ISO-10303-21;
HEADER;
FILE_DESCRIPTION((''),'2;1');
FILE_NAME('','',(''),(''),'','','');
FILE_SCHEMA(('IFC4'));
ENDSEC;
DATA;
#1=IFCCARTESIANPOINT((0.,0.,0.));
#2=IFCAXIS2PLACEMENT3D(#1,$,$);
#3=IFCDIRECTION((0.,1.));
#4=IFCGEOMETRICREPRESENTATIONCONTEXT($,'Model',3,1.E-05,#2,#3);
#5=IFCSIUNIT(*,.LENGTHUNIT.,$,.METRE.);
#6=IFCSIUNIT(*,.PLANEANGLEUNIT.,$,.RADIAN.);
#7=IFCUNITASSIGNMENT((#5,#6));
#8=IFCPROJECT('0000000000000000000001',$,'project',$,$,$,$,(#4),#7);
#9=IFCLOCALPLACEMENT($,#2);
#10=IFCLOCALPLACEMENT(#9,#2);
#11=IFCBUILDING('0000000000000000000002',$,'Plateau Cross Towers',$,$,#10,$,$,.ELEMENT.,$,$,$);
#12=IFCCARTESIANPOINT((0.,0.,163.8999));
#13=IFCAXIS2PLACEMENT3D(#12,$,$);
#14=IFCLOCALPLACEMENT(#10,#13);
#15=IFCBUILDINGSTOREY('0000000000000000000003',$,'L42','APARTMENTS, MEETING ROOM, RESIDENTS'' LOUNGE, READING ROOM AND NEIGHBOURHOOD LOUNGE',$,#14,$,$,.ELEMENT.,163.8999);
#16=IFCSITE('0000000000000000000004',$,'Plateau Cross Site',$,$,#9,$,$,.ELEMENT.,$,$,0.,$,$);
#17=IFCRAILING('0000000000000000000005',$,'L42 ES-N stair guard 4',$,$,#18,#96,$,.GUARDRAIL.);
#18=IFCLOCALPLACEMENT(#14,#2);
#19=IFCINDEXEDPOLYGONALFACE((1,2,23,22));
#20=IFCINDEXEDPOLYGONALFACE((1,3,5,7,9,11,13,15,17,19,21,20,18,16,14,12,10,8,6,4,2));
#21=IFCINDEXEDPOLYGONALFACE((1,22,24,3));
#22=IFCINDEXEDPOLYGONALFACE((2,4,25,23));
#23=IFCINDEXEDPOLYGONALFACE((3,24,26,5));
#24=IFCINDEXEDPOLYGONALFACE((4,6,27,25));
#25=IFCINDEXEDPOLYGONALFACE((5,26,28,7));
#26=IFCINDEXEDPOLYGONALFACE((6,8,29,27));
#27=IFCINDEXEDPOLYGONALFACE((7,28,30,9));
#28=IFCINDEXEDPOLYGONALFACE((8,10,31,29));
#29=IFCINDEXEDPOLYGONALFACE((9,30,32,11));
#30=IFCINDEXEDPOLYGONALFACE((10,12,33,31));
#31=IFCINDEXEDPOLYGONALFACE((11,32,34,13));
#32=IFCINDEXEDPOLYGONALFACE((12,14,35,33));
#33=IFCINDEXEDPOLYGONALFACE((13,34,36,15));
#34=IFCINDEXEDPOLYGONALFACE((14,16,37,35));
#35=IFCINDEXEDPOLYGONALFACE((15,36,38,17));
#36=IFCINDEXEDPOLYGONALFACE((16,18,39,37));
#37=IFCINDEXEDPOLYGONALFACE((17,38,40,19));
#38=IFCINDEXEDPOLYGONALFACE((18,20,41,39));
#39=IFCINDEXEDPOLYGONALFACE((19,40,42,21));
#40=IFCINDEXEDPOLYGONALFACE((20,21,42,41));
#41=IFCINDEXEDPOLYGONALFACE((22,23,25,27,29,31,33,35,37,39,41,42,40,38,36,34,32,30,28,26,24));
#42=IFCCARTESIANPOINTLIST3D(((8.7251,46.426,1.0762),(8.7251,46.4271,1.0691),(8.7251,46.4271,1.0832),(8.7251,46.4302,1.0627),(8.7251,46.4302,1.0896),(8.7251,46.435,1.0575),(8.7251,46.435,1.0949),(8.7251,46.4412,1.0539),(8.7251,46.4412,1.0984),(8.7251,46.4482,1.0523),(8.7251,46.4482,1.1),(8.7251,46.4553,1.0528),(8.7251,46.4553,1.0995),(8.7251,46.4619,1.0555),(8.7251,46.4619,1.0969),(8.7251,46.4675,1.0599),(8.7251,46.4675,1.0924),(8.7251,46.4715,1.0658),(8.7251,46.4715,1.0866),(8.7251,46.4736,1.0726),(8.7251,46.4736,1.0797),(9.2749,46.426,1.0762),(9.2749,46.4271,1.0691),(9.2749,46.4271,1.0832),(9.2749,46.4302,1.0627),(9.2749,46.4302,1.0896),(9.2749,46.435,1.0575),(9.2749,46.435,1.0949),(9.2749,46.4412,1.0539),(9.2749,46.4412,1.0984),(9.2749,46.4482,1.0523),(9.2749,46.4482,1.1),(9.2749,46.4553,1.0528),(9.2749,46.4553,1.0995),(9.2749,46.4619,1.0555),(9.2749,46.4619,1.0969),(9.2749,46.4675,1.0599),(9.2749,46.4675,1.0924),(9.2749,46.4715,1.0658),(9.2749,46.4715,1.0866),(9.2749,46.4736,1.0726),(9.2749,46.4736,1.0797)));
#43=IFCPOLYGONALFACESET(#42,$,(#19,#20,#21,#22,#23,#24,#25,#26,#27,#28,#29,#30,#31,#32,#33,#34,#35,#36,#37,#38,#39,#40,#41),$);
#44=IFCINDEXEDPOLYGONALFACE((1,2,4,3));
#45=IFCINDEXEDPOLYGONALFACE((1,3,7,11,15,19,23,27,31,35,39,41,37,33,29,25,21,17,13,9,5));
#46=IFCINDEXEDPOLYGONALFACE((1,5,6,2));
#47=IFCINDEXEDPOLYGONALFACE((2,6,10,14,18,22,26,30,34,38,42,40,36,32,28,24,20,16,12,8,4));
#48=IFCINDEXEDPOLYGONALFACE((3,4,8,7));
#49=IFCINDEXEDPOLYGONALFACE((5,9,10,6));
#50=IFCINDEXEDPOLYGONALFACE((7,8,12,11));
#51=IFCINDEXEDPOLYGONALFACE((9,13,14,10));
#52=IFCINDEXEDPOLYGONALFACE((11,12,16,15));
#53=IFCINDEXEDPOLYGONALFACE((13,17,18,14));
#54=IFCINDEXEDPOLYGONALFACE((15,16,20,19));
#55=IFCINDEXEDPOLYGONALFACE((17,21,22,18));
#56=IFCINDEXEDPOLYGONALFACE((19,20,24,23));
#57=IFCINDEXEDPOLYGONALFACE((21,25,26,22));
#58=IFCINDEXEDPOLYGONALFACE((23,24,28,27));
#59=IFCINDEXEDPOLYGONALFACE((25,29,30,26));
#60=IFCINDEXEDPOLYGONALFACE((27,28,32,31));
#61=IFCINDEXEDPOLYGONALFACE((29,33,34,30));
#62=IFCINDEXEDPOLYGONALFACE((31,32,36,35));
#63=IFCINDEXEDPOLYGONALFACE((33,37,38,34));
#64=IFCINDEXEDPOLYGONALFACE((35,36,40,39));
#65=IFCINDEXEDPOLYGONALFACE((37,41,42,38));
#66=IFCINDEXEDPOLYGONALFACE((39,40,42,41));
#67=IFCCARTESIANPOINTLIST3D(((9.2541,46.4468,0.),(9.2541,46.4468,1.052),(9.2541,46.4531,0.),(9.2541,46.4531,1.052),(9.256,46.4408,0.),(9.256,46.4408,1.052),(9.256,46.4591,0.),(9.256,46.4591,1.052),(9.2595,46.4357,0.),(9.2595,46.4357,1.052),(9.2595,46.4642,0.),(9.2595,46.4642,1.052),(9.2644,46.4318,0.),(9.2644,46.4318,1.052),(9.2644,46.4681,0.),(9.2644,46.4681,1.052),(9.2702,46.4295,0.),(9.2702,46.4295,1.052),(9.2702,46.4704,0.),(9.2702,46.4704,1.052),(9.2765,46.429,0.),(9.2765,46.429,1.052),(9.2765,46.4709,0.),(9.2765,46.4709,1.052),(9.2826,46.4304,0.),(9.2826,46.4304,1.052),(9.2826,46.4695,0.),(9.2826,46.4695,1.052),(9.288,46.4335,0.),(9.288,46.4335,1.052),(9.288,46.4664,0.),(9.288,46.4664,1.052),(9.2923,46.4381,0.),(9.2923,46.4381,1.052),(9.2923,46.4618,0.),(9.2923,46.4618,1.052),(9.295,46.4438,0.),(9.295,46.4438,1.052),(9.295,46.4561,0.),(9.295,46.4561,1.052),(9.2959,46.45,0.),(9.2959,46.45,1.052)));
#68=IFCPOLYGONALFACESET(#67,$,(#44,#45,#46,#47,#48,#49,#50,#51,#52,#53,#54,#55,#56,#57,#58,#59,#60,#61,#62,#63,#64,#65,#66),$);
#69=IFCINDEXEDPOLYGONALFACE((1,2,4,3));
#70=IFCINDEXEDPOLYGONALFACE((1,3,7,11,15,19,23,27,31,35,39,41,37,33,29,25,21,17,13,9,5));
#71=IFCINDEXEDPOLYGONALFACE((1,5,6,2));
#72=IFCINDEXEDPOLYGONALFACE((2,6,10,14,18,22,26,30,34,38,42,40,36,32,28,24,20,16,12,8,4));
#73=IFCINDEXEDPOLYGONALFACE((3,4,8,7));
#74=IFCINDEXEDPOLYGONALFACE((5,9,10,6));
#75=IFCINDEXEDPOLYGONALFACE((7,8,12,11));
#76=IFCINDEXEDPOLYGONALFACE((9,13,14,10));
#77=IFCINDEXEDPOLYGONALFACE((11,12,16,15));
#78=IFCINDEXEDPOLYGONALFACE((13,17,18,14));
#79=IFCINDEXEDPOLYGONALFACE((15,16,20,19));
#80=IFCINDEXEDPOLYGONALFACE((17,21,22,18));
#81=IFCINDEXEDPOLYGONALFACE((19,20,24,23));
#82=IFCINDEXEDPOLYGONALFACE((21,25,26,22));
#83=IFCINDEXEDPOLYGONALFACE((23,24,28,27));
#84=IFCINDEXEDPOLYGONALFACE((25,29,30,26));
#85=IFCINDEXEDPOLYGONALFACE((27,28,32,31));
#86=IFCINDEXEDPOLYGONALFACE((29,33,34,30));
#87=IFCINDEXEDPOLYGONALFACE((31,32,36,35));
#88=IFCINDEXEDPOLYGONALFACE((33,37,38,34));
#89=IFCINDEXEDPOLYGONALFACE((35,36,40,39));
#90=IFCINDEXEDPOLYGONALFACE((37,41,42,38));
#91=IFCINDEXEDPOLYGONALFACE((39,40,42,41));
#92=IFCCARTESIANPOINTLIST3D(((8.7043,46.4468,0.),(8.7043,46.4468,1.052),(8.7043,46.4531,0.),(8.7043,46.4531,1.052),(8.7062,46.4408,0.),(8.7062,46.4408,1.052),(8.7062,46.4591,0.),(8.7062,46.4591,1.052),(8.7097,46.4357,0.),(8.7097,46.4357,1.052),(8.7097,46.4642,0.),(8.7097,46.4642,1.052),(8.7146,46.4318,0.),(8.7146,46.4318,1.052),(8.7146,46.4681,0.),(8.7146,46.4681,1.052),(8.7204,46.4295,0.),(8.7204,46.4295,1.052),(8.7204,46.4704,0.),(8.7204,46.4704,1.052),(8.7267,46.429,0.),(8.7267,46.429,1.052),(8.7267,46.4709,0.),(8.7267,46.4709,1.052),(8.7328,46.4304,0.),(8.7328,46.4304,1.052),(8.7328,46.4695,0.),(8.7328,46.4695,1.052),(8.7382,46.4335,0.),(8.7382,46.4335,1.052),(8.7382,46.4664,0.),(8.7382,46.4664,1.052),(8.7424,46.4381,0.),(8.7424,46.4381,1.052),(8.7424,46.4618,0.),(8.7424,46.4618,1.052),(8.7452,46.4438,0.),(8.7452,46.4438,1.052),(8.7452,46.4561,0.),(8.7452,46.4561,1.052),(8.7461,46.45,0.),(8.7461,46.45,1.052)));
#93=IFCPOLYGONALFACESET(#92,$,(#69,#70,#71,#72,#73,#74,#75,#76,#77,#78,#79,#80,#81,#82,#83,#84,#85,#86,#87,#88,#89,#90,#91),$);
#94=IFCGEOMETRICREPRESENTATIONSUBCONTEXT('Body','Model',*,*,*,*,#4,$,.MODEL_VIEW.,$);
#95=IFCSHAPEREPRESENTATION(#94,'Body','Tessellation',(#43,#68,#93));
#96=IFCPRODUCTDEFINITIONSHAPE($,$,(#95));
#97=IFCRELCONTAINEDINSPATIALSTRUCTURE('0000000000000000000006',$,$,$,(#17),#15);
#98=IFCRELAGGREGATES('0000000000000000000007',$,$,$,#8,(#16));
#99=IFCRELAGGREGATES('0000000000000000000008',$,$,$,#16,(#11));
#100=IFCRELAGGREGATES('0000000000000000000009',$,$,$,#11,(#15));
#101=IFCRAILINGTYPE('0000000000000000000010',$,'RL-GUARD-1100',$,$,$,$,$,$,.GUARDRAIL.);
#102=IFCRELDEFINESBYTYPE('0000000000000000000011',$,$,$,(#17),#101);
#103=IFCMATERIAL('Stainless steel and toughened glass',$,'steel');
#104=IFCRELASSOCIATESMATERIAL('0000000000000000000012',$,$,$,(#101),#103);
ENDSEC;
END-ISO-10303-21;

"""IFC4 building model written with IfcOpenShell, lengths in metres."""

from ifc_helpers import new_model, si_unit, direction, frame, origin, origin_2d, place, context, subcontext, project, spatial, circle, extrude, material, type_object, element, save


model = new_model("IFC4")

# Units and contexts
model_context = context("Model", 3, precision=1e-05, world=origin(), true_north=direction((0.0, 1.0)))
body_context = subcontext(model_context, "Body", "Model", "MODEL_VIEW")
ifc_project = project(units=[si_unit("LENGTHUNIT", "METRE"), si_unit("PLANEANGLEUNIT", "RADIAN")], contexts=[model_context])

# Site, building, storey
site_placement = place(None, origin())
site = spatial("IfcSite", under=ifc_project, at=site_placement, Name="Plateau Cross Site", CompositionType="ELEMENT", RefElevation=0.0)
building_placement = place(site_placement, origin())
building = spatial("IfcBuilding", under=site, at=building_placement, Name="Plateau Cross Towers", CompositionType="ELEMENT")
storey_placement = place(building_placement, frame((0.0, 0.0, 163.8999)))
storey = spatial("IfcBuildingStorey", under=building, at=storey_placement, Name="L42", Description="APARTMENTS, MEETING ROOM, RESIDENTS' LOUNGE, READING ROOM AND NEIGHBOURHOOD LOUNGE", CompositionType="ELEMENT", Elevation=163.8999)

# Railing
ifc_material_1 = material(Name="Stainless steel and toughened glass", Category="steel")
railing_type_1 = type_object("IfcRailingType", Name="RL-GUARD-1100", PredefinedType="GUARDRAIL", material=ifc_material_1)
railing_1_placement = place(storey_placement, frame((9.2749, 46.45, 0.0)))
element("IfcRailing", 1, at=railing_1_placement, inside=storey, type_object=railing_type_1, Name="L42 ES-N stair guard 4", PredefinedType="GUARDRAIL", context=body_context, shape_type="SweptSolid", body=[
    extrude(circle(Radius=0.0239, at=origin_2d()), frame((0.0, 0.0, 1.0762), z_axis=(-1.0, 0.0, 0.0), x_axis=(0.0, -1.0, 0.0)), (0.0, 0.0, 1.0), 0.5498),
    extrude(circle(Radius=0.021, at=origin_2d()), origin(), (0.0, 0.0, 1.0), 1.052),
    extrude(circle(Radius=0.021, at=origin_2d()), frame((-0.5498, 0.0, 0.0)), (0.0, 0.0, 1.0), 1.052),
])

save(model, "model.ifc")
